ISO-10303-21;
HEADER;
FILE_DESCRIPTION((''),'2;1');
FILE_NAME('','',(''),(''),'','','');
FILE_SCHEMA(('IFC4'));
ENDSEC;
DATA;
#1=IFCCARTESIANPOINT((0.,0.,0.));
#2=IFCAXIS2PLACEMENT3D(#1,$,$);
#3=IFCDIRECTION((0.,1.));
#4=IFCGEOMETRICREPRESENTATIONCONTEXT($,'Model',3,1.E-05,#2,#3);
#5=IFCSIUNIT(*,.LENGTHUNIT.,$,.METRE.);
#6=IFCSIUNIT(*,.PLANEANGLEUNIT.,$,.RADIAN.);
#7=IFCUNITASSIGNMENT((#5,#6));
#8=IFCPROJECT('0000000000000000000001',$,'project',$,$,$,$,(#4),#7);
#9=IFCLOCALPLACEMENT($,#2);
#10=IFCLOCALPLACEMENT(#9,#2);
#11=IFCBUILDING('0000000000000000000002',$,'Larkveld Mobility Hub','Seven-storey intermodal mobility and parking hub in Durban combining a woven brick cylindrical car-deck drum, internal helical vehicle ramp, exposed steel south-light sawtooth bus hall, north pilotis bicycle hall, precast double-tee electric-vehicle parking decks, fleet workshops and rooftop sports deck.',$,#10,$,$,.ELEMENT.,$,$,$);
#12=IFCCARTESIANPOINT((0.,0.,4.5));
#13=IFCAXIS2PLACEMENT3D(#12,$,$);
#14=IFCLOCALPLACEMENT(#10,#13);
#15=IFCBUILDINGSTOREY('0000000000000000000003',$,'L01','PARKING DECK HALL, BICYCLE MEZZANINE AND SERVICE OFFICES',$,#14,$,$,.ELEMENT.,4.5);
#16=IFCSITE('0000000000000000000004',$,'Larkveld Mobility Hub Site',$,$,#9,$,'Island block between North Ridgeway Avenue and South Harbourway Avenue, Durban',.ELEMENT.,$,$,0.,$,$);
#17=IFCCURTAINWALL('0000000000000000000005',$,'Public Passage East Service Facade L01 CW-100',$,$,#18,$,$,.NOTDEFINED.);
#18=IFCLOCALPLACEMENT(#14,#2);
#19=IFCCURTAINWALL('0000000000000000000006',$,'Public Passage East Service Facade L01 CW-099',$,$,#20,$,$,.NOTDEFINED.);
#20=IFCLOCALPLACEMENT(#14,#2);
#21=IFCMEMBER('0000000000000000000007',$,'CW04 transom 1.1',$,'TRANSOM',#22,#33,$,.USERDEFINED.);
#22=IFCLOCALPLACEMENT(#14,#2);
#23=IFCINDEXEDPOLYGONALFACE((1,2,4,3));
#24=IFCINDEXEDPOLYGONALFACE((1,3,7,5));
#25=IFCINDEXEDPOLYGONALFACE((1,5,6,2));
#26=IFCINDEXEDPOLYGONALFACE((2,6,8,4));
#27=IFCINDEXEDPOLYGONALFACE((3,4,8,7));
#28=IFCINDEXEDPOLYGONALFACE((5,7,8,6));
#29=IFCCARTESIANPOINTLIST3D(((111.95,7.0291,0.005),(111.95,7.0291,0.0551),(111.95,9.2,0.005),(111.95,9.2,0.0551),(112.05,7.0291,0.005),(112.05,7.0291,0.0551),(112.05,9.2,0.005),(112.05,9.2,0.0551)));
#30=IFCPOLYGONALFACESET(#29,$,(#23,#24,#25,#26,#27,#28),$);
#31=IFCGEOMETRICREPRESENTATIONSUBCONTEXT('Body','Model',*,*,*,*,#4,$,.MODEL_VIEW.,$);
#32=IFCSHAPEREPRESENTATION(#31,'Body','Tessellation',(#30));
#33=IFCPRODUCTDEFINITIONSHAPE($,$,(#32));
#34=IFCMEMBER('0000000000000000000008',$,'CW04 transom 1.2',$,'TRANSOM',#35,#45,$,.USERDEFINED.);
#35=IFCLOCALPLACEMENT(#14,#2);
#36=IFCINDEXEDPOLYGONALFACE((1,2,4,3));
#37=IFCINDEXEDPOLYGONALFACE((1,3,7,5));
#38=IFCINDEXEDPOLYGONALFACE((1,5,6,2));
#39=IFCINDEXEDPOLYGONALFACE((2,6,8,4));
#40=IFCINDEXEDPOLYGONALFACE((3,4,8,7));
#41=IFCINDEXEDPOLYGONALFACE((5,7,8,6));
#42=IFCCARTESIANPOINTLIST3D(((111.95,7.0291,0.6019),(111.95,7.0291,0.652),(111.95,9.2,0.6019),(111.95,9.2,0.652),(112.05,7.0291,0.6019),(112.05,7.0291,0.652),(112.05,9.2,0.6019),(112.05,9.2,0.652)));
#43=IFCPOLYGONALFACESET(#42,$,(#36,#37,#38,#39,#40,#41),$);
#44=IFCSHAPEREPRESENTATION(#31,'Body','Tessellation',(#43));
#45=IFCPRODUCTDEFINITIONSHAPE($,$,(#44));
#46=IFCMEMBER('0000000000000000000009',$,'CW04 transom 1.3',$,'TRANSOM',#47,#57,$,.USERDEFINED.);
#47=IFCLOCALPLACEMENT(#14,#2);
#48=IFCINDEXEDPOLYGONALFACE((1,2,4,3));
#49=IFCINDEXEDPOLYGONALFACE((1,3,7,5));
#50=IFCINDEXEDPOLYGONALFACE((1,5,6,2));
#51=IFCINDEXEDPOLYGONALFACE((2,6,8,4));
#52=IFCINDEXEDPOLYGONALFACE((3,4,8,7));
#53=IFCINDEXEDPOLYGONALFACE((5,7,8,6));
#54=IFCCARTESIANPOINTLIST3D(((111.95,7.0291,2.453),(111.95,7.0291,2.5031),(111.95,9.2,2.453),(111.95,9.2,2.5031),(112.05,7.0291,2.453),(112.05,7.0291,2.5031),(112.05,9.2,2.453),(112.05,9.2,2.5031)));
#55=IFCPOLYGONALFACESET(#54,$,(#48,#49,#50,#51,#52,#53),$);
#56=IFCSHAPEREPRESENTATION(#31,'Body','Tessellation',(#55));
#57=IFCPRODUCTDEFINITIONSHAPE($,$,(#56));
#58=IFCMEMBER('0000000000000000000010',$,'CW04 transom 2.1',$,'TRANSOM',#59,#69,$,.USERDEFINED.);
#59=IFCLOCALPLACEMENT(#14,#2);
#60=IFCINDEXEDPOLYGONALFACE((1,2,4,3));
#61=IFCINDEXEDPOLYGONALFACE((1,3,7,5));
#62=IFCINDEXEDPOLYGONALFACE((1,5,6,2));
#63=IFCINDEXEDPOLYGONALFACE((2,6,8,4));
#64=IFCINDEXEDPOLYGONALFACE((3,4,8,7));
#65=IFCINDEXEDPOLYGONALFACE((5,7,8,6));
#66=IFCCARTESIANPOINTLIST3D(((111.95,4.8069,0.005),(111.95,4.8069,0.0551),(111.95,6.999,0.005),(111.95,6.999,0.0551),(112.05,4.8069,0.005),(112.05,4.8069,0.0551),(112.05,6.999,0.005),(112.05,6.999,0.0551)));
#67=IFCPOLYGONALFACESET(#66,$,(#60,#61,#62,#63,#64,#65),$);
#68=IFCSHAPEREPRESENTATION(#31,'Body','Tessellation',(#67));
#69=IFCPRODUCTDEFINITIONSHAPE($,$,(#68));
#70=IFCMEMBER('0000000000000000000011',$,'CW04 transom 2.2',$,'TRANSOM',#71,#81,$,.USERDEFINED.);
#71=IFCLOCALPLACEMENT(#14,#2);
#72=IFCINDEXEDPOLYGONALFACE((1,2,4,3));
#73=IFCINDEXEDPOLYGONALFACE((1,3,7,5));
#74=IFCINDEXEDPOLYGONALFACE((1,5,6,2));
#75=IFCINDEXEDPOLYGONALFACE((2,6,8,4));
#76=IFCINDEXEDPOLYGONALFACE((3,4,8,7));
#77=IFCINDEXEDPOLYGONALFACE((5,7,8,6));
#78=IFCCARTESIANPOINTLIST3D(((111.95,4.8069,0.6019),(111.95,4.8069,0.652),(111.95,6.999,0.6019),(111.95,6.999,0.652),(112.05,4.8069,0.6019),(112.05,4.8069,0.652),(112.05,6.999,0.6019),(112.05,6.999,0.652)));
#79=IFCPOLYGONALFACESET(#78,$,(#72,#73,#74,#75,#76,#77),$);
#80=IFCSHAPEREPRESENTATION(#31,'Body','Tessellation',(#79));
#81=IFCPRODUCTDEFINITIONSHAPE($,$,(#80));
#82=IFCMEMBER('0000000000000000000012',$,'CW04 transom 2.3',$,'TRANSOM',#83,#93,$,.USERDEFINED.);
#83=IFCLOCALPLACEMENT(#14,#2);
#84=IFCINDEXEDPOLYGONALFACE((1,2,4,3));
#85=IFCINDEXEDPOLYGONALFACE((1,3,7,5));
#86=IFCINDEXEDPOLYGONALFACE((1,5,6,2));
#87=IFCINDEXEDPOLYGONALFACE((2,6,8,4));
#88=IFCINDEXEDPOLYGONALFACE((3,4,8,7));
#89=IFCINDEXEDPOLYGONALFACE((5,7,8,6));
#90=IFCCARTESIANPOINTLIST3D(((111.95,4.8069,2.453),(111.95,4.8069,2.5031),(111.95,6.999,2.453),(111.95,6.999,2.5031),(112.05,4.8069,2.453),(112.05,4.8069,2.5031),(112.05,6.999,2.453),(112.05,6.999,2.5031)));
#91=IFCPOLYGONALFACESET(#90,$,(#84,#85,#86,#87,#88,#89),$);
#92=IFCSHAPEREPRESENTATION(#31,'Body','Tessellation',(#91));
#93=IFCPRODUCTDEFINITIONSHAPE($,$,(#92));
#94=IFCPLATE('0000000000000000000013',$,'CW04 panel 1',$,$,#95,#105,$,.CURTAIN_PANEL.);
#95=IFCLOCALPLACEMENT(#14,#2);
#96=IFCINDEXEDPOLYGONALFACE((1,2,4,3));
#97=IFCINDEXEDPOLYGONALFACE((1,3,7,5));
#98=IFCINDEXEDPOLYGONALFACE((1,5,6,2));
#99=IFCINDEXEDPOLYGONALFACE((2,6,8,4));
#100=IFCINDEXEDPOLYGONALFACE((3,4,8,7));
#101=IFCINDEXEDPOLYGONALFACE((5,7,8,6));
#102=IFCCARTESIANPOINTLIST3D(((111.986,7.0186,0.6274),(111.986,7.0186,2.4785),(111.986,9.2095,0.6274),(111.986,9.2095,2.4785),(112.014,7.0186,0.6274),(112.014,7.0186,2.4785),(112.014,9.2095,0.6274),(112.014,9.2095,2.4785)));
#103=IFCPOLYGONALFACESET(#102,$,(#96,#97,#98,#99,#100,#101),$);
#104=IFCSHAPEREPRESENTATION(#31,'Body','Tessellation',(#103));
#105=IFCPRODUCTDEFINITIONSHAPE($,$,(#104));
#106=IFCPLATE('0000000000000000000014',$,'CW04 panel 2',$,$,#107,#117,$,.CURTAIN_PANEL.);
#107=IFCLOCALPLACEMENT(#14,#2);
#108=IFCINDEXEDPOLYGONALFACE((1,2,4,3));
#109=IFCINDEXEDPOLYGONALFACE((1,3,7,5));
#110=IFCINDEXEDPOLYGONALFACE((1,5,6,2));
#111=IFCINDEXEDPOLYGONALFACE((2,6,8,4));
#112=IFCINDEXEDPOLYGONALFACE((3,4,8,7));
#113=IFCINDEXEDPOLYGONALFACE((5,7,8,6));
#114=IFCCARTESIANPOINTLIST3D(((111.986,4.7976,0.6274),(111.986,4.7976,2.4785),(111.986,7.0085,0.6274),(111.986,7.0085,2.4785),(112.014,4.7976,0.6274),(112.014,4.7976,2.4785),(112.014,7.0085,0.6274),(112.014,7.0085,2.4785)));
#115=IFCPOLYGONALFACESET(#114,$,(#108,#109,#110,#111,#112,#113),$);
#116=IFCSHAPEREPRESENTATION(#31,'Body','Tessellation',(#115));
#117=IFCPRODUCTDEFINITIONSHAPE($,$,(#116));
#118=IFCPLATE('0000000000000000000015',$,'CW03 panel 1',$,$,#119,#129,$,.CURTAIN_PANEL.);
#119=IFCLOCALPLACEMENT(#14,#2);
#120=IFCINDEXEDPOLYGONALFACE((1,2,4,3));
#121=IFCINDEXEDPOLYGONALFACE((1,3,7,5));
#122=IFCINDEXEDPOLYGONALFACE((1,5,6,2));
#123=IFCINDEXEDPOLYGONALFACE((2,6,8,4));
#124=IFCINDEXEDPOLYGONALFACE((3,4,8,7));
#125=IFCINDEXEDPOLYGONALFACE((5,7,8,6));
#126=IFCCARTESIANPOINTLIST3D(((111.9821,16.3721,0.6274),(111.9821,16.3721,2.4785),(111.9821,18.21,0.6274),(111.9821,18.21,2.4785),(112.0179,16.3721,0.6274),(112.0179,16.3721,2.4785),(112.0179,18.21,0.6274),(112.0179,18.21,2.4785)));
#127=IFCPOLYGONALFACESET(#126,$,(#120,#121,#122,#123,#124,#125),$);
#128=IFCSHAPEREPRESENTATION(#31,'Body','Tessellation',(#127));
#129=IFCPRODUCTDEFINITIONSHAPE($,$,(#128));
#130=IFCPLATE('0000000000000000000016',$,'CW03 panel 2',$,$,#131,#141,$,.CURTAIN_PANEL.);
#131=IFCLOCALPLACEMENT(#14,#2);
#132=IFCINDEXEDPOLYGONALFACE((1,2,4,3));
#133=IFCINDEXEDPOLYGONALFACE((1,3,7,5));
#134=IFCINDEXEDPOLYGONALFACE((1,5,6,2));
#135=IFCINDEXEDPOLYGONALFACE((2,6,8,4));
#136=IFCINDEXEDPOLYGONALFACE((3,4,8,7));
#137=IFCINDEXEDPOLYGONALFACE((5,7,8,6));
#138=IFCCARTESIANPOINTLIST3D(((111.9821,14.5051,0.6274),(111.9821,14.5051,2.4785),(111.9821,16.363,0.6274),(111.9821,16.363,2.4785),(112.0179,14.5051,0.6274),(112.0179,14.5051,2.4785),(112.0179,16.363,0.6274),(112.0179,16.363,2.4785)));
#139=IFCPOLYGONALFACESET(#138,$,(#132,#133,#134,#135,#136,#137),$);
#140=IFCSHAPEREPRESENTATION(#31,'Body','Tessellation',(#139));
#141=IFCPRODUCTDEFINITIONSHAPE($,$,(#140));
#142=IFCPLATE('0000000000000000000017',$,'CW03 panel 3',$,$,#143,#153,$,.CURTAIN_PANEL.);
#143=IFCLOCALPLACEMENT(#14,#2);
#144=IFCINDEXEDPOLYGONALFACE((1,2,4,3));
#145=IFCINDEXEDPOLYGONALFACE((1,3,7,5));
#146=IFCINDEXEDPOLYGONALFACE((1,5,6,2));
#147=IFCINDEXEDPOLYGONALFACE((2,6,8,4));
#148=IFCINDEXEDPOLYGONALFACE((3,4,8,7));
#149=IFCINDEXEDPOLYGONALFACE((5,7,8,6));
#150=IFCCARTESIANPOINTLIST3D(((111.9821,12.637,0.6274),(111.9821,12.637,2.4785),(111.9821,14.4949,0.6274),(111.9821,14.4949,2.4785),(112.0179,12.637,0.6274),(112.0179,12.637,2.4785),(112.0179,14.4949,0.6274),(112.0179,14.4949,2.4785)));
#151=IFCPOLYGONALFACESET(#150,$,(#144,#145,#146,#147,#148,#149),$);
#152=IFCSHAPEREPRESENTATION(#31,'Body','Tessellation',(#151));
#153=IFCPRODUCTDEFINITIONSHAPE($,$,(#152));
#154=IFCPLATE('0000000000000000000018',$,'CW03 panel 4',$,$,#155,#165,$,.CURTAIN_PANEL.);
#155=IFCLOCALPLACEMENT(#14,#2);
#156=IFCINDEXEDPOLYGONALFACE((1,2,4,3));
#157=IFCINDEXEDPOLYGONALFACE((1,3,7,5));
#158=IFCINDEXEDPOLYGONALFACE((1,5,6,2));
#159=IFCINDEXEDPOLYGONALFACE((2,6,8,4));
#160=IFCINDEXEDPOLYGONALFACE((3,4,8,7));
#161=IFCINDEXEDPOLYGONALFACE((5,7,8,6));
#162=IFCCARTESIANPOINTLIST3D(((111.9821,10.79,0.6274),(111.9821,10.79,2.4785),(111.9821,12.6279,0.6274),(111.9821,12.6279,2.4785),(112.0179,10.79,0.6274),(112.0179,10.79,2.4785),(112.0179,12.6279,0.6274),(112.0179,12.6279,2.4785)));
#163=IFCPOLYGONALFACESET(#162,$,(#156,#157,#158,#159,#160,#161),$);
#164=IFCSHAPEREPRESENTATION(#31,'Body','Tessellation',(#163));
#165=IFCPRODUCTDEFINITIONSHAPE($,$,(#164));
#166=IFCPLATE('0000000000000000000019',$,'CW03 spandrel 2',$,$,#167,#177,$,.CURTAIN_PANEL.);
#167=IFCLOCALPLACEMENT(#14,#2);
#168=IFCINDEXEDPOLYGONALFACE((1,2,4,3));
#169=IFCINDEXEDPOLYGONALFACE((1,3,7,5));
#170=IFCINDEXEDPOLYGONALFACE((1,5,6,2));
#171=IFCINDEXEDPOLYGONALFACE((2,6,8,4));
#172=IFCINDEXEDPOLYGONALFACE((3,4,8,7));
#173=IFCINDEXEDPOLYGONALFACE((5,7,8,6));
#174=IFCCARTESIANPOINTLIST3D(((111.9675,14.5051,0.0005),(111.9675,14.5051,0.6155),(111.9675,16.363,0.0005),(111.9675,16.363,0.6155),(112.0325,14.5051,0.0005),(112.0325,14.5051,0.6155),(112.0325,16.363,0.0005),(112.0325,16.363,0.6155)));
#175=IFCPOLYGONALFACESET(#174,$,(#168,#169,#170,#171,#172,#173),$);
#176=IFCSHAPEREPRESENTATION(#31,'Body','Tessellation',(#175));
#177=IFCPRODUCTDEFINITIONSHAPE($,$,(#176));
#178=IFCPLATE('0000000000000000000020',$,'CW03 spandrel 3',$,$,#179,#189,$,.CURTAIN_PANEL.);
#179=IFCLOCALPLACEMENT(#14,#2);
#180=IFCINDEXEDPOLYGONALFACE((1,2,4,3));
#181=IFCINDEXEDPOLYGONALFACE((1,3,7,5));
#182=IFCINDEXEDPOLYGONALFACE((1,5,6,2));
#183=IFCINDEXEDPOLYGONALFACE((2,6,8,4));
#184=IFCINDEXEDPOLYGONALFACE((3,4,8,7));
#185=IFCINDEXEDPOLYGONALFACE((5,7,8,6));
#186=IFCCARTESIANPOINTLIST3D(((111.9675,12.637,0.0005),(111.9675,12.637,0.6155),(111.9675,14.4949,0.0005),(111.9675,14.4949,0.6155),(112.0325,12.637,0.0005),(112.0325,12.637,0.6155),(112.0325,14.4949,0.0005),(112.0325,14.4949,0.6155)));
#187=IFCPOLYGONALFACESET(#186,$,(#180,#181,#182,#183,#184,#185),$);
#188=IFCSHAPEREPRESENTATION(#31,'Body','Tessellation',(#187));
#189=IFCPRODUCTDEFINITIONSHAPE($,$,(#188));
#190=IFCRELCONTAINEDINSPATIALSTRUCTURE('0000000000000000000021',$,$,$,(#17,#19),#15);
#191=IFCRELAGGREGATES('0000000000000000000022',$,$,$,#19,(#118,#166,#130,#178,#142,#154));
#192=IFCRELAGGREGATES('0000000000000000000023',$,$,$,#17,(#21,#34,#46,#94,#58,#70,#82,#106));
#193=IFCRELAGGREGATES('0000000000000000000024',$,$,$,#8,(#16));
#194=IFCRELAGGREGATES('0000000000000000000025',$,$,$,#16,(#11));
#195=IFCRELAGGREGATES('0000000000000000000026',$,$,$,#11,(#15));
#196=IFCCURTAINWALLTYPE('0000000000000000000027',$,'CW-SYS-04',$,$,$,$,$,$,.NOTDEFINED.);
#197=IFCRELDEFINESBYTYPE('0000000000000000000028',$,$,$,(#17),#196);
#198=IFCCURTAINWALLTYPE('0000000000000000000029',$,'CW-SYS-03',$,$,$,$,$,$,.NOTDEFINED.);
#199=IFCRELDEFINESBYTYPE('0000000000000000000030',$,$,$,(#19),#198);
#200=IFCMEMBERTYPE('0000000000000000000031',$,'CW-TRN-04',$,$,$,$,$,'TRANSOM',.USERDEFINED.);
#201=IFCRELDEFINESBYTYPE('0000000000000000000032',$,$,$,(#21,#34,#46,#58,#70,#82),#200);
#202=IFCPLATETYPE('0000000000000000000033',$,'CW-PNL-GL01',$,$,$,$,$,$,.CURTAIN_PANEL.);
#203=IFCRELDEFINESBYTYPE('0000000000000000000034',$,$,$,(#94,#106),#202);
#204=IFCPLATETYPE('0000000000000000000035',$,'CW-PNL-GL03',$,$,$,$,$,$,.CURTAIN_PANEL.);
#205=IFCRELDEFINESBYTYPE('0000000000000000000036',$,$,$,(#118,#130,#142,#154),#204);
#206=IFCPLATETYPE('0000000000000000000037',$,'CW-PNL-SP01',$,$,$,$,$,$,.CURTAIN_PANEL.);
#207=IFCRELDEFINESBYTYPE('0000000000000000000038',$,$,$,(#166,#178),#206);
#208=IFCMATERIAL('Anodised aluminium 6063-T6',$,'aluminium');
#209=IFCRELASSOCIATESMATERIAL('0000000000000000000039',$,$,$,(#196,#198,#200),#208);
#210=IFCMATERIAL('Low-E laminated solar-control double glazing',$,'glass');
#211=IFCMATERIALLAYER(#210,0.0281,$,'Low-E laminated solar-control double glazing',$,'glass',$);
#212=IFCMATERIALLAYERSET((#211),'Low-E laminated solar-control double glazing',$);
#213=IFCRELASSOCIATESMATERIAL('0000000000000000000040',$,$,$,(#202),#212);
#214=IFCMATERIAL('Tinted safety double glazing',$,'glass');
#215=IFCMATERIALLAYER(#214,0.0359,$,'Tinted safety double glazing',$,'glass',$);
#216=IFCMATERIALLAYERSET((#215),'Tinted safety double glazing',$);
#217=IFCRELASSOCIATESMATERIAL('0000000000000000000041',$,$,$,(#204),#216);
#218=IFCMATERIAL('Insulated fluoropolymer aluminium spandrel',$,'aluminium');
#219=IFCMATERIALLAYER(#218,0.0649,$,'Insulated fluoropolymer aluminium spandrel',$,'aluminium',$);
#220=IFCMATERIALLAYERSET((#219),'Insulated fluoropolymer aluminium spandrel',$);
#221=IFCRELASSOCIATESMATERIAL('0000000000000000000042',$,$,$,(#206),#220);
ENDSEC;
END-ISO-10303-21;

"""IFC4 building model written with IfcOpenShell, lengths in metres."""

from ifc_helpers import new_model, si_unit, direction, frame, origin, origin_2d, place, context, subcontext, project, spatial, rectangle, extrude, material, layer, layer_set, material_profile, profile_set, type_object, element, aggregate, save


model = new_model("IFC4")

# Units and contexts
model_context = context("Model", 3, precision=1e-05, world=origin(), true_north=direction((0.0, 1.0)))
body_context = subcontext(model_context, "Body", "Model", "MODEL_VIEW")
ifc_project = project(units=[si_unit("LENGTHUNIT", "METRE"), si_unit("PLANEANGLEUNIT", "RADIAN")], contexts=[model_context])

# Site, building, storey
site_placement = place(None, origin())
site = spatial("IfcSite", under=ifc_project, at=site_placement, Name="Larkveld Mobility Hub Site", LongName="Island block between North Ridgeway Avenue and South Harbourway Avenue, Durban", CompositionType="ELEMENT", RefElevation=0.0)
building_placement = place(site_placement, origin())
building = spatial("IfcBuilding", under=site, at=building_placement, Name="Larkveld Mobility Hub", Description="Seven-storey intermodal mobility and parking hub in Durban combining a woven brick cylindrical car-deck drum, internal helical vehicle ramp, exposed steel south-light sawtooth bus hall, north pilotis bicycle hall, precast double-tee electric-vehicle parking decks, fleet workshops and rooftop sports deck.", CompositionType="ELEMENT")
storey_placement = place(building_placement, frame((0.0, 0.0, 4.5)))
storey = spatial("IfcBuildingStorey", under=building, at=storey_placement, Name="L01", Description="PARKING DECK HALL, BICYCLE MEZZANINE AND SERVICE OFFICES", CompositionType="ELEMENT", Elevation=4.5)

# Curtain walls
ifc_material_1 = material(Name="Anodised aluminium 6063-T6", Category="aluminium")
curtain_wall_type_1 = type_object("IfcCurtainWallType", Name="CW-SYS-04", PredefinedType="NOTDEFINED", material=ifc_material_1)
curtain_wall_1_placement = place(storey_placement, origin())
curtain_wall_1 = element("IfcCurtainWall", 1, at=curtain_wall_1_placement, inside=storey, type_object=curtain_wall_type_1, Name="Public Passage East Service Facade L01 CW-100", PredefinedType="NOTDEFINED")
curtain_wall_type_2 = type_object("IfcCurtainWallType", Name="CW-SYS-03", PredefinedType="NOTDEFINED", material=ifc_material_1)
curtain_wall_2_placement = place(storey_placement, origin())
curtain_wall_2 = element("IfcCurtainWall", 2, at=curtain_wall_2_placement, inside=storey, type_object=curtain_wall_type_2, Name="Public Passage East Service Facade L01 CW-099", PredefinedType="NOTDEFINED")

# Members
ifc_material_profile_1 = material_profile(ifc_material_1, rectangle(XDim=0.1001, YDim=0.05, at=origin_2d()), Name="ALU TRAN 50x100")
ifc_profile_set_1 = profile_set([ifc_material_profile_1], Name="Anodised aluminium 6063-T6")
member_type_1 = type_object("IfcMemberType", Name="CW-TRN-04", ElementType="TRANSOM", PredefinedType="USERDEFINED", material=ifc_profile_set_1)
member_1_placement = place(storey_placement, frame((112.0, 9.2, 0.03), z_axis=(0.0, -1.0, 0.0), x_axis=(1.0, 0.0, 0.0)))
member_1 = element("IfcMember", 3, at=member_1_placement, type_object=member_type_1, Name="CW04 transom 1.1", ObjectType="TRANSOM", PredefinedType="USERDEFINED", context=body_context, shape_type="SweptSolid", body=[
    extrude(rectangle(XDim=0.1001, YDim=0.05, at=origin_2d()), origin(), (0.0, 0.0, 1.0), 2.1709),
])
member_2_placement = place(storey_placement, frame((112.0, 9.2, 0.627), z_axis=(0.0, -1.0, 0.0), x_axis=(1.0, 0.0, 0.0)))
member_2 = element("IfcMember", 4, at=member_2_placement, type_object=member_type_1, Name="CW04 transom 1.2", ObjectType="TRANSOM", PredefinedType="USERDEFINED", context=body_context, shape_type="SweptSolid", body=[
    extrude(rectangle(XDim=0.1001, YDim=0.05, at=origin_2d()), origin(), (0.0, 0.0, 1.0), 2.1709),
])
member_3_placement = place(storey_placement, frame((112.0, 9.2, 2.478), z_axis=(0.0, -1.0, 0.0), x_axis=(1.0, 0.0, 0.0)))
member_3 = element("IfcMember", 5, at=member_3_placement, type_object=member_type_1, Name="CW04 transom 1.3", ObjectType="TRANSOM", PredefinedType="USERDEFINED", context=body_context, shape_type="SweptSolid", body=[
    extrude(rectangle(XDim=0.1001, YDim=0.05, at=origin_2d()), origin(), (0.0, 0.0, 1.0), 2.1709),
])
member_4_placement = place(storey_placement, frame((112.0, 6.999, 0.03), z_axis=(0.0, -1.0, 0.0), x_axis=(1.0, 0.0, 0.0)))
member_4 = element("IfcMember", 6, at=member_4_placement, type_object=member_type_1, Name="CW04 transom 2.1", ObjectType="TRANSOM", PredefinedType="USERDEFINED", context=body_context, shape_type="SweptSolid", body=[
    extrude(rectangle(XDim=0.1001, YDim=0.05, at=origin_2d()), origin(), (0.0, 0.0, 1.0), 2.1921),
])
member_5_placement = place(storey_placement, frame((112.0, 6.999, 0.627), z_axis=(0.0, -1.0, 0.0), x_axis=(1.0, 0.0, 0.0)))
member_5 = element("IfcMember", 7, at=member_5_placement, type_object=member_type_1, Name="CW04 transom 2.2", ObjectType="TRANSOM", PredefinedType="USERDEFINED", context=body_context, shape_type="SweptSolid", body=[
    extrude(rectangle(XDim=0.1001, YDim=0.05, at=origin_2d()), origin(), (0.0, 0.0, 1.0), 2.1921),
])
member_6_placement = place(storey_placement, frame((112.0, 6.999, 2.478), z_axis=(0.0, -1.0, 0.0), x_axis=(1.0, 0.0, 0.0)))
member_6 = element("IfcMember", 8, at=member_6_placement, type_object=member_type_1, Name="CW04 transom 2.3", ObjectType="TRANSOM", PredefinedType="USERDEFINED", context=body_context, shape_type="SweptSolid", body=[
    extrude(rectangle(XDim=0.1001, YDim=0.05, at=origin_2d()), origin(), (0.0, 0.0, 1.0), 2.1921),
])

# Plates
ifc_material_2 = material(Name="Low-E laminated solar-control double glazing", Category="glass")
ifc_layer_1 = layer(ifc_material_2, 0.0281, Name="Low-E laminated solar-control double glazing", Category="glass")
ifc_layer_set_1 = layer_set([ifc_layer_1], Name="Low-E laminated solar-control double glazing")
plate_type_1 = type_object("IfcPlateType", Name="CW-PNL-GL01", PredefinedType="CURTAIN_PANEL", material=ifc_layer_set_1)
plate_1_placement = place(storey_placement, frame((112.0, 8.114, 0.6274), z_axis=(0.0, 0.0, 1.0), x_axis=(0.0, -1.0, 0.0)))
plate_1 = element("IfcPlate", 9, at=plate_1_placement, type_object=plate_type_1, Name="CW04 panel 1", PredefinedType="CURTAIN_PANEL", context=body_context, shape_type="SweptSolid", body=[
    extrude(rectangle(XDim=2.1909, YDim=0.0281, at=origin_2d()), origin(), (0.0, 0.0, 1.0), 1.8511),
])
plate_2_placement = place(storey_placement, frame((112.0, 5.9031, 0.6274), z_axis=(0.0, 0.0, 1.0), x_axis=(0.0, -1.0, 0.0)))
plate_2 = element("IfcPlate", 10, at=plate_2_placement, type_object=plate_type_1, Name="CW04 panel 2", PredefinedType="CURTAIN_PANEL", context=body_context, shape_type="SweptSolid", body=[
    extrude(rectangle(XDim=2.2109, YDim=0.0281, at=origin_2d()), origin(), (0.0, 0.0, 1.0), 1.8511),
])
ifc_material_3 = material(Name="Tinted safety double glazing", Category="glass")
ifc_layer_2 = layer(ifc_material_3, 0.0359, Name="Tinted safety double glazing", Category="glass")
ifc_layer_set_2 = layer_set([ifc_layer_2], Name="Tinted safety double glazing")
plate_type_2 = type_object("IfcPlateType", Name="CW-PNL-GL03", PredefinedType="CURTAIN_PANEL", material=ifc_layer_set_2)
plate_3_placement = place(storey_placement, frame((112.0, 17.291, 0.6274), z_axis=(0.0, 0.0, 1.0), x_axis=(0.0, -1.0, 0.0)))
plate_3 = element("IfcPlate", 11, at=plate_3_placement, type_object=plate_type_2, Name="CW03 panel 1", PredefinedType="CURTAIN_PANEL", context=body_context, shape_type="SweptSolid", body=[
    extrude(rectangle(XDim=1.8379, YDim=0.0359, at=origin_2d()), origin(), (0.0, 0.0, 1.0), 1.8511),
])
plate_4_placement = place(storey_placement, frame((112.0, 15.4341, 0.6274), z_axis=(0.0, 0.0, 1.0), x_axis=(0.0, -1.0, 0.0)))
plate_4 = element("IfcPlate", 12, at=plate_4_placement, type_object=plate_type_2, Name="CW03 panel 2", PredefinedType="CURTAIN_PANEL", context=body_context, shape_type="SweptSolid", body=[
    extrude(rectangle(XDim=1.8579, YDim=0.0359, at=origin_2d()), origin(), (0.0, 0.0, 1.0), 1.8511),
])
plate_5_placement = place(storey_placement, frame((112.0, 13.5659, 0.6274), z_axis=(0.0, 0.0, 1.0), x_axis=(0.0, -1.0, 0.0)))
plate_5 = element("IfcPlate", 13, at=plate_5_placement, type_object=plate_type_2, Name="CW03 panel 3", PredefinedType="CURTAIN_PANEL", context=body_context, shape_type="SweptSolid", body=[
    extrude(rectangle(XDim=1.8579, YDim=0.0359, at=origin_2d()), origin(), (0.0, 0.0, 1.0), 1.8511),
])
plate_6_placement = place(storey_placement, frame((112.0, 11.709, 0.6274), z_axis=(0.0, 0.0, 1.0), x_axis=(0.0, -1.0, 0.0)))
plate_6 = element("IfcPlate", 14, at=plate_6_placement, type_object=plate_type_2, Name="CW03 panel 4", PredefinedType="CURTAIN_PANEL", context=body_context, shape_type="SweptSolid", body=[
    extrude(rectangle(XDim=1.8379, YDim=0.0359, at=origin_2d()), origin(), (0.0, 0.0, 1.0), 1.8511),
])
ifc_material_4 = material(Name="Insulated fluoropolymer aluminium spandrel", Category="aluminium")
ifc_layer_3 = layer(ifc_material_4, 0.0649, Name="Insulated fluoropolymer aluminium spandrel", Category="aluminium")
ifc_layer_set_3 = layer_set([ifc_layer_3], Name="Insulated fluoropolymer aluminium spandrel")
plate_type_3 = type_object("IfcPlateType", Name="CW-PNL-SP01", PredefinedType="CURTAIN_PANEL", material=ifc_layer_set_3)
plate_7_placement = place(storey_placement, frame((112.0, 15.4341, 0.0005), z_axis=(0.0, 0.0, 1.0), x_axis=(0.0, -1.0, 0.0)))
plate_7 = element("IfcPlate", 15, at=plate_7_placement, type_object=plate_type_3, Name="CW03 spandrel 2", PredefinedType="CURTAIN_PANEL", context=body_context, shape_type="SweptSolid", body=[
    extrude(rectangle(XDim=1.8579, YDim=0.0649, at=origin_2d()), origin(), (0.0, 0.0, 1.0), 0.615),
])
plate_8_placement = place(storey_placement, frame((112.0, 13.5659, 0.0005), z_axis=(0.0, 0.0, 1.0), x_axis=(0.0, -1.0, 0.0)))
plate_8 = element("IfcPlate", 16, at=plate_8_placement, type_object=plate_type_3, Name="CW03 spandrel 3", PredefinedType="CURTAIN_PANEL", context=body_context, shape_type="SweptSolid", body=[
    extrude(rectangle(XDim=1.8579, YDim=0.0649, at=origin_2d()), origin(), (0.0, 0.0, 1.0), 0.615),
])
aggregate(curtain_wall_2, [plate_3, plate_7, plate_4, plate_8, plate_5, plate_6])
aggregate(curtain_wall_1, [member_1, member_2, member_3, plate_1, member_4, member_5, member_6, plate_2])

save(model, "model.ifc")
